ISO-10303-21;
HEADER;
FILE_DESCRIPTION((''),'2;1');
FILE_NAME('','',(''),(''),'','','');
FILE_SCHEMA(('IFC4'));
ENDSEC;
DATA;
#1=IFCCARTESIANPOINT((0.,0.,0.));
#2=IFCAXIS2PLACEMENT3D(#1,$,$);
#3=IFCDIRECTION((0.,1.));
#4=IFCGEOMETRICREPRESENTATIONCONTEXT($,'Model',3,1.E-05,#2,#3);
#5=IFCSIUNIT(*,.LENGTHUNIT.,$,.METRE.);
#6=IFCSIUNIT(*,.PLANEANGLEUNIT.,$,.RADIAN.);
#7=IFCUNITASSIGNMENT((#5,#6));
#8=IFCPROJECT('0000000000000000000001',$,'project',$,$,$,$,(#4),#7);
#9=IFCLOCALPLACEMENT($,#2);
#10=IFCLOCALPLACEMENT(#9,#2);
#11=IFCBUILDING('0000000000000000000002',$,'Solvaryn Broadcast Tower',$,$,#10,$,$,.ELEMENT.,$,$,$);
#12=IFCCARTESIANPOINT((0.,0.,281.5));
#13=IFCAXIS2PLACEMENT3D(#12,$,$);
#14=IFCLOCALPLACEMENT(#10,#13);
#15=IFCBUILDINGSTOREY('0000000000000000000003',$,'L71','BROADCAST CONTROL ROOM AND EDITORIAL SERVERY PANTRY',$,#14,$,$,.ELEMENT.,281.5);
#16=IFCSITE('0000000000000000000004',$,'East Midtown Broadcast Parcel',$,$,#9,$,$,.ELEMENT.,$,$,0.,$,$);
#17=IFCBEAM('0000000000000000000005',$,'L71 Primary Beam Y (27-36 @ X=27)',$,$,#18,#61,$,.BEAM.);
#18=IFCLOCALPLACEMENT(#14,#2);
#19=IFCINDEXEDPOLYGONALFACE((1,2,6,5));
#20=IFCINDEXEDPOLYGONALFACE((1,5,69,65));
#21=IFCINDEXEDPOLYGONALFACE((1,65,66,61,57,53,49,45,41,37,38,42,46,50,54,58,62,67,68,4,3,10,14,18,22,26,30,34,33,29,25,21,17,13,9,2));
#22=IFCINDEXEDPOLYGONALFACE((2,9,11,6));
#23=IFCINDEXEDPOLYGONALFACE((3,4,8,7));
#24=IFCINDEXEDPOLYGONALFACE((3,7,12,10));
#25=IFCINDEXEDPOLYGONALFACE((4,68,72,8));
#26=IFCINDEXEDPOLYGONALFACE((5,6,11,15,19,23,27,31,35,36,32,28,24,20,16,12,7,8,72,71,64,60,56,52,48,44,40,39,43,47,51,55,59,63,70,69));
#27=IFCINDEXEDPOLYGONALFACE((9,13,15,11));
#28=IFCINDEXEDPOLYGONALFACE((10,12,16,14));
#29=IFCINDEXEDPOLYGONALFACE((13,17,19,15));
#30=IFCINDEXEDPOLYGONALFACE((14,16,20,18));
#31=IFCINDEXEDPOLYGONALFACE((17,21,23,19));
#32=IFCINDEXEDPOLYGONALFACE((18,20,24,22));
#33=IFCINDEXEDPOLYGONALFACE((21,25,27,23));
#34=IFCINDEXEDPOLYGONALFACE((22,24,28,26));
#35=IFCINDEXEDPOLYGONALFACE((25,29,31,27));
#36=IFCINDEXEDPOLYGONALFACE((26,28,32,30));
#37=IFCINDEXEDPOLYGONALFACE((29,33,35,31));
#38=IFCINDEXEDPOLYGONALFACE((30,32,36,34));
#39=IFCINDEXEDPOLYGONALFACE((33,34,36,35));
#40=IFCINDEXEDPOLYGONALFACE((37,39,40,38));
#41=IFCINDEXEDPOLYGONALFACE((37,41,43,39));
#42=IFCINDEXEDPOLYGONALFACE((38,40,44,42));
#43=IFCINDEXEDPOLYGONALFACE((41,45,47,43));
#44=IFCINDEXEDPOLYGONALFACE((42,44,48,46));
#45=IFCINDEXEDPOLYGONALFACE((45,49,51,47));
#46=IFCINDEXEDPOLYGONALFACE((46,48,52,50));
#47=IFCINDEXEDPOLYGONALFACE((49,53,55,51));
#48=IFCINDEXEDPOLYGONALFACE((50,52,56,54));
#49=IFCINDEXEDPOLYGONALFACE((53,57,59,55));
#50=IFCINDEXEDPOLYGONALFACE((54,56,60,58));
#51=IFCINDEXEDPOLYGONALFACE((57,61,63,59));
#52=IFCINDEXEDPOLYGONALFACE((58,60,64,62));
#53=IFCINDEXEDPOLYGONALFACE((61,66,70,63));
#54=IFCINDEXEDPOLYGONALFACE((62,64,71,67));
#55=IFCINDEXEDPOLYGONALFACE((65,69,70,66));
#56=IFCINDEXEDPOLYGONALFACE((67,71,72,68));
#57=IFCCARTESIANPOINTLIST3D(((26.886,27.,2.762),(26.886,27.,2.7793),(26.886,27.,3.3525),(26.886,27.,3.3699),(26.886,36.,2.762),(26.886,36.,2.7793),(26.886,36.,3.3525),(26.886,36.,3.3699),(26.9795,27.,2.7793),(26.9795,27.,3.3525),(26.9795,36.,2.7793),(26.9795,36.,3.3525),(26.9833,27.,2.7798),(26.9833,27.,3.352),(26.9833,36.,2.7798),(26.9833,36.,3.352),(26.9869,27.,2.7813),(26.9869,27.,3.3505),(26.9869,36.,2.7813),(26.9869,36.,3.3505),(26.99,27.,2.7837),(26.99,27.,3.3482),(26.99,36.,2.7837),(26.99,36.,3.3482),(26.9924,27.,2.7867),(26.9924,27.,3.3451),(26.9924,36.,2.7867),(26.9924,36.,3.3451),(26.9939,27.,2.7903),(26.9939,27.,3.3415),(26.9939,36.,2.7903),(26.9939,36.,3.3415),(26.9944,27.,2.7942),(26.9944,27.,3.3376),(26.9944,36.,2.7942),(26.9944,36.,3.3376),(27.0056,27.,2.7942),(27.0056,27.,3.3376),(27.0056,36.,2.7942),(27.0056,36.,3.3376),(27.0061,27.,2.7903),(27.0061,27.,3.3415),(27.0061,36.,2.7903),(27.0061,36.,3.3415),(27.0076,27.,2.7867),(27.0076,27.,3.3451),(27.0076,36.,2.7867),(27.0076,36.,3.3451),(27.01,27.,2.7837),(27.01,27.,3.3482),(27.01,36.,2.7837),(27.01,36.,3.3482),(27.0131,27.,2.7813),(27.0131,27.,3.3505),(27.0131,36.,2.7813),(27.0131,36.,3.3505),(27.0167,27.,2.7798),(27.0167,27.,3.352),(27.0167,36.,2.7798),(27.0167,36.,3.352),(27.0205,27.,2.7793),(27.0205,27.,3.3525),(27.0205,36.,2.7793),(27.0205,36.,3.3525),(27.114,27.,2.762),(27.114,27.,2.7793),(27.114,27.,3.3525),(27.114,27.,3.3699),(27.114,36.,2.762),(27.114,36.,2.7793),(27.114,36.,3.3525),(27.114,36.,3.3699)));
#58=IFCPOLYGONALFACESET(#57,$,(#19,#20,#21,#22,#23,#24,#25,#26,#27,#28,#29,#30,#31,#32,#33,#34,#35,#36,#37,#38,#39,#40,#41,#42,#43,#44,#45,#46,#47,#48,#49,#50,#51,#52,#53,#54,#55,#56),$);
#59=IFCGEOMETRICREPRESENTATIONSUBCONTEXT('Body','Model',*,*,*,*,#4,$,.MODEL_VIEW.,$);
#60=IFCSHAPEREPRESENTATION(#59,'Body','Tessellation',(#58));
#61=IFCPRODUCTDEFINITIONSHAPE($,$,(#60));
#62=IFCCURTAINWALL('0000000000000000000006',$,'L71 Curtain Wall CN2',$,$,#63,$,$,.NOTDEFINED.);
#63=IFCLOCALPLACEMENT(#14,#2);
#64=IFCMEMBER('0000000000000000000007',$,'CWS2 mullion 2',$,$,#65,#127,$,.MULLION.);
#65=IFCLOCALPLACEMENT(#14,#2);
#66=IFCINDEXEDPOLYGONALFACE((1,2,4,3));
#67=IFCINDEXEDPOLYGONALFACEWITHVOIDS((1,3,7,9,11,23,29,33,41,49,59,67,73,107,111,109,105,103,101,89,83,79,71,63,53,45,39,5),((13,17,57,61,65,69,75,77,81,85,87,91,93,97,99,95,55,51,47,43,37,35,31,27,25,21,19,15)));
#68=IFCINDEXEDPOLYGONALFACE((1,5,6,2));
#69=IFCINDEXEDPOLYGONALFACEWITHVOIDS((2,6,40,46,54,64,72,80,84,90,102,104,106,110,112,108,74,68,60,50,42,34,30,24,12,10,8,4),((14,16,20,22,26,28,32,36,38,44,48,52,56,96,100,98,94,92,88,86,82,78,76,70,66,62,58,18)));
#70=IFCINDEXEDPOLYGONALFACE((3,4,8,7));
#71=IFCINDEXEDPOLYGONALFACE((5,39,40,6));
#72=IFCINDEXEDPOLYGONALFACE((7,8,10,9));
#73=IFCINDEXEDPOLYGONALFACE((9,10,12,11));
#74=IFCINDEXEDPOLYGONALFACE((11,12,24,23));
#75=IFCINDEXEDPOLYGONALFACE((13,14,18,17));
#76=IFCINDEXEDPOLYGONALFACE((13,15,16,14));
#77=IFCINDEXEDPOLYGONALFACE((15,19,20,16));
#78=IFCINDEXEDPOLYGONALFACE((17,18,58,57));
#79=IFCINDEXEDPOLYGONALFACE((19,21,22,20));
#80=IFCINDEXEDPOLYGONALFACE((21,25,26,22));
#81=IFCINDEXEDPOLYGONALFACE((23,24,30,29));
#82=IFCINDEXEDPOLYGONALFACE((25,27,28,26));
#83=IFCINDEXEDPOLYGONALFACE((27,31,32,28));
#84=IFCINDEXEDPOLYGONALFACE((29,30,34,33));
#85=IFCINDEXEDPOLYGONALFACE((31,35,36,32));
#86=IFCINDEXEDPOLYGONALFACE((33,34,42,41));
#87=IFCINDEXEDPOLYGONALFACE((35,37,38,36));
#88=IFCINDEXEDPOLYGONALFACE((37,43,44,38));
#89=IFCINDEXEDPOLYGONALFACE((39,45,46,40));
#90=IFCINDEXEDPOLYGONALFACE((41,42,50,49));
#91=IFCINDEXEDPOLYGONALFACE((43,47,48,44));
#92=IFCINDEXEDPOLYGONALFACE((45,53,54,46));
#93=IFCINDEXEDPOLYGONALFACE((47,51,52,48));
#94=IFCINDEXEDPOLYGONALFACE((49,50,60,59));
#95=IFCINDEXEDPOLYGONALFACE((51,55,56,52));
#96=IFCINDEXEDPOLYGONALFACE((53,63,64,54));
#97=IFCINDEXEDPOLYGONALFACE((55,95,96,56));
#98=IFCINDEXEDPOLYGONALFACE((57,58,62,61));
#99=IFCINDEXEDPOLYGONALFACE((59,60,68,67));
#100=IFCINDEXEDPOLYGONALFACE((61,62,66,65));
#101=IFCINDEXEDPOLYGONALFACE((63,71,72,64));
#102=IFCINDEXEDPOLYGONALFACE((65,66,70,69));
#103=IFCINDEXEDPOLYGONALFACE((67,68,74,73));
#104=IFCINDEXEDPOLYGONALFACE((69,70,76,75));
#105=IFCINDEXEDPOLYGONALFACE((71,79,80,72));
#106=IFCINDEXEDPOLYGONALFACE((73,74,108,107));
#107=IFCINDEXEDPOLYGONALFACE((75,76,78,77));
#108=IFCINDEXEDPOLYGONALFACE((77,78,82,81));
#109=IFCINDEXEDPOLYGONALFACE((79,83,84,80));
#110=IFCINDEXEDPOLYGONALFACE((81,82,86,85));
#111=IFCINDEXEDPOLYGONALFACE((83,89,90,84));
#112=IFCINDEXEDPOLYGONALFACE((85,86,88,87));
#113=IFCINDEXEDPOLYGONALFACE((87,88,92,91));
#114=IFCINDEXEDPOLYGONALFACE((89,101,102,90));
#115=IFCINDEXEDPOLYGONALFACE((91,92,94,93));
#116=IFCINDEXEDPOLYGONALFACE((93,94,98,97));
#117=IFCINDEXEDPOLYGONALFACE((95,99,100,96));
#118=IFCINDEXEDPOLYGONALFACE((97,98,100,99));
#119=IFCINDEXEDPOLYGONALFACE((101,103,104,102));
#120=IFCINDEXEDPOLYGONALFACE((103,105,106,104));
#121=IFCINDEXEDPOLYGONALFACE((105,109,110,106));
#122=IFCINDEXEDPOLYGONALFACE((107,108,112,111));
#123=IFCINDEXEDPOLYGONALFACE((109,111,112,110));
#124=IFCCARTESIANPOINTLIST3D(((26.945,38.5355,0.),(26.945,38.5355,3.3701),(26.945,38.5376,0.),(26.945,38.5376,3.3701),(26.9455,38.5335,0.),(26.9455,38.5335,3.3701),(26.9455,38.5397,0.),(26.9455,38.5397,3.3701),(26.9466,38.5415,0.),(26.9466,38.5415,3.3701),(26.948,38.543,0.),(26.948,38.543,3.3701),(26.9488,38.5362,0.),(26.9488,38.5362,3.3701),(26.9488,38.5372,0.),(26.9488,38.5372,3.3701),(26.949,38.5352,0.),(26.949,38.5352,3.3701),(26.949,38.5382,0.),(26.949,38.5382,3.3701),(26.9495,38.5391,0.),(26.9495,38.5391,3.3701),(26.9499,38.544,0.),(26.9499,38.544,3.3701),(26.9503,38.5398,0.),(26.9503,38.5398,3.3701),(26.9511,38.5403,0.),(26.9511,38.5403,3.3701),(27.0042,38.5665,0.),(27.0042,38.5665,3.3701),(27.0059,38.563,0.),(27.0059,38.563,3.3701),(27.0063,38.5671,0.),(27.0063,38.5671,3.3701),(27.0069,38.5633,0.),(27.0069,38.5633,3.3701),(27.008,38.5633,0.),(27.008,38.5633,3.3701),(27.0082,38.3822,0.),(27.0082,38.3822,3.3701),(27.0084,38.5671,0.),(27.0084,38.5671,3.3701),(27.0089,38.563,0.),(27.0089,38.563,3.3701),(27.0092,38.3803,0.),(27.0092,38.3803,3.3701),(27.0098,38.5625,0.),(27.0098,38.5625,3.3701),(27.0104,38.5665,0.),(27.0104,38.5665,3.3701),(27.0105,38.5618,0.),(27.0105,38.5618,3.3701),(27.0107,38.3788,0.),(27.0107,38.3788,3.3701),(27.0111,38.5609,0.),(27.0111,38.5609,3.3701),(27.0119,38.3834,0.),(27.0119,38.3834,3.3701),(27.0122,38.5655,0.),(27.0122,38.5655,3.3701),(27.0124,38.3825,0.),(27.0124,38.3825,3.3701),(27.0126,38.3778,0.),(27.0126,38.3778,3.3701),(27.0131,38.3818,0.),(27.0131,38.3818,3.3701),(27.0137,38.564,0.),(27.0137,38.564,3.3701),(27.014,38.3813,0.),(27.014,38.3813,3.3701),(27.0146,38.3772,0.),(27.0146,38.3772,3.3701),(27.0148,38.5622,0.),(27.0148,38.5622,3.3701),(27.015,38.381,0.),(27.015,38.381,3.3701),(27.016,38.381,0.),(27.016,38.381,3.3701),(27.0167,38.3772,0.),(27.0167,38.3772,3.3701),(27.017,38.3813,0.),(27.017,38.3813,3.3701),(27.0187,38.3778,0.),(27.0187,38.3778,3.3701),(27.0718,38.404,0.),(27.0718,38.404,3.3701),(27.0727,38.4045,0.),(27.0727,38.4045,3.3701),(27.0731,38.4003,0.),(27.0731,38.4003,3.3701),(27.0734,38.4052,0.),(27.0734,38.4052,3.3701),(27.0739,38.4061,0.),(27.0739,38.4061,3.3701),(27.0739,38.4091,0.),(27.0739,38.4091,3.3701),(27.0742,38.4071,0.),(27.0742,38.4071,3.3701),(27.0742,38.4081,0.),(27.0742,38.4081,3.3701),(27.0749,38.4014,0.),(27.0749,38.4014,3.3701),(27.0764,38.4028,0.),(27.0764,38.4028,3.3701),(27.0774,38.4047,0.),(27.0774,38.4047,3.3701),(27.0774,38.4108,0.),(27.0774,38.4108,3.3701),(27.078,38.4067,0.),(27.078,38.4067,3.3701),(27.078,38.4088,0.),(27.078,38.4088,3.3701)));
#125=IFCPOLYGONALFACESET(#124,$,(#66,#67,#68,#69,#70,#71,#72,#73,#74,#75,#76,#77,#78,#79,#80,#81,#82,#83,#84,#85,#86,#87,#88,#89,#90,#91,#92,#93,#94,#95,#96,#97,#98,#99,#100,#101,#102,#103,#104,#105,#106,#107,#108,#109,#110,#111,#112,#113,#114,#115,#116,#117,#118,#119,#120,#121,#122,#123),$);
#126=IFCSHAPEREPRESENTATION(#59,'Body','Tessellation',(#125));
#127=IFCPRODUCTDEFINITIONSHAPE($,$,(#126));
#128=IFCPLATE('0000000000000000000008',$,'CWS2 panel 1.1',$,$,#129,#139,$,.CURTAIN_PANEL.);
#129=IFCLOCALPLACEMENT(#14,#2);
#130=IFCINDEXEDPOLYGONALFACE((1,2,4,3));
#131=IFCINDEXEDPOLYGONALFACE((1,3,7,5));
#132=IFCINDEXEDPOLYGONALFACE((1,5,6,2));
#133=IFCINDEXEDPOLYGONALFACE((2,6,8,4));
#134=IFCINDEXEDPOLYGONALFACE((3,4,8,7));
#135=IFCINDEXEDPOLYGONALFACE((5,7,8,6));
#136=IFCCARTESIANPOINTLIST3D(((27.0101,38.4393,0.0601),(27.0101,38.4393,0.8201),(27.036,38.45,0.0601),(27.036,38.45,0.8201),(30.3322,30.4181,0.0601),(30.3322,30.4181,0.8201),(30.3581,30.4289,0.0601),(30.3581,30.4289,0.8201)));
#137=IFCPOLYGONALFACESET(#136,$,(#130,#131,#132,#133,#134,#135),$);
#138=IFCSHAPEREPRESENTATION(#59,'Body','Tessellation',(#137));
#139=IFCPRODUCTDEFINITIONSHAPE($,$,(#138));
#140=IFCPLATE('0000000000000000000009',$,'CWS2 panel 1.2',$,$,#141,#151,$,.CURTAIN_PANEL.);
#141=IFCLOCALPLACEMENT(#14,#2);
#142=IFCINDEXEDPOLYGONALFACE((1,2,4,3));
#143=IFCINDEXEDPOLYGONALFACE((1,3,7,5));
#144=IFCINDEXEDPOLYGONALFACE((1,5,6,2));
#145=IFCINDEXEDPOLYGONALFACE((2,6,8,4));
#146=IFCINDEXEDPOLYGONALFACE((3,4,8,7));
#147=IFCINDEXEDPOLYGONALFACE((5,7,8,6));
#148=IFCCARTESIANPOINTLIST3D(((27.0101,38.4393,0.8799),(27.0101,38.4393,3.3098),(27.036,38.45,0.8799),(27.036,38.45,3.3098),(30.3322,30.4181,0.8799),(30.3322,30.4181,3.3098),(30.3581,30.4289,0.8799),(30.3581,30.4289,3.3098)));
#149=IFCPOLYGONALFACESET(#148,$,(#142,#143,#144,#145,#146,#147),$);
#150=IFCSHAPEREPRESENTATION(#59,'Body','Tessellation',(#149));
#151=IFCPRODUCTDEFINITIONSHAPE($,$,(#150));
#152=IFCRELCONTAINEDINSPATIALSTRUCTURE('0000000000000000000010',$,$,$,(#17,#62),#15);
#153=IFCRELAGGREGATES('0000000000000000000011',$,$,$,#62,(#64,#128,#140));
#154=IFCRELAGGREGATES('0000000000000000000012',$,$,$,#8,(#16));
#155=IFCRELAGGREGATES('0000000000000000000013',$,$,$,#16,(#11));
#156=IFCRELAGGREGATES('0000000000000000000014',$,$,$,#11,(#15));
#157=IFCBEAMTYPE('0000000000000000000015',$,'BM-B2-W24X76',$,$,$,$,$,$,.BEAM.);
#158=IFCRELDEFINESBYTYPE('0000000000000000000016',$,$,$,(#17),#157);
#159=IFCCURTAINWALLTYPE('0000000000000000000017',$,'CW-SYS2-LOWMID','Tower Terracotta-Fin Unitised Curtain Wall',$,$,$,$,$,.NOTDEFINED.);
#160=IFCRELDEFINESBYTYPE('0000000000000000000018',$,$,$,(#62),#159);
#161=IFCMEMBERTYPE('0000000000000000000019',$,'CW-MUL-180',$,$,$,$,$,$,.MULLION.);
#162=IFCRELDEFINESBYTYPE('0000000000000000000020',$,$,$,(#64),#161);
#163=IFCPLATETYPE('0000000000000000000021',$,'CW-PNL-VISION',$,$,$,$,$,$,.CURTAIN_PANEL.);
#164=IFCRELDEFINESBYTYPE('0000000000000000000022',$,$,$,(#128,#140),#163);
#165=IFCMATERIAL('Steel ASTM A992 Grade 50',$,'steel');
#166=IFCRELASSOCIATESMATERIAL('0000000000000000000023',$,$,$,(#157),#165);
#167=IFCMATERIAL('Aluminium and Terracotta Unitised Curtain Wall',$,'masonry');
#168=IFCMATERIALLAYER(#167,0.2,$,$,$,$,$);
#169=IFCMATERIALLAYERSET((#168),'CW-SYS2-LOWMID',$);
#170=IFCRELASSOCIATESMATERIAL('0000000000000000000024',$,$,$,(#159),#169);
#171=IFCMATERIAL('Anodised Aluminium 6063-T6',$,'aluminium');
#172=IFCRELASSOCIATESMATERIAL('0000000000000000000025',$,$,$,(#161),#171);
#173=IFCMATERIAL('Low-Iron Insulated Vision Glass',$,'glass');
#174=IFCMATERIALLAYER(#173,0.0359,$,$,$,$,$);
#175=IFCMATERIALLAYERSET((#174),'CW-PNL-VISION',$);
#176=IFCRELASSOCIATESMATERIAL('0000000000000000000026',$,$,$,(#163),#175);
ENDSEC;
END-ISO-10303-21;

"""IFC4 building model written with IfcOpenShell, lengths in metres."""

from ifc_helpers import new_model, si_unit, direction, frame, origin, origin_2d, place, context, subcontext, project, spatial, rectangle, hollow_rectangle, i_section, extrude, material, layer, layer_set, material_profile, profile_set, type_object, element, aggregate, save


model = new_model("IFC4")

# Units and contexts
model_context = context("Model", 3, precision=1e-05, world=origin(), true_north=direction((0.0, 1.0)))
body_context = subcontext(model_context, "Body", "Model", "MODEL_VIEW")
ifc_project = project(units=[si_unit("LENGTHUNIT", "METRE"), si_unit("PLANEANGLEUNIT", "RADIAN")], contexts=[model_context])

# Site, building, storey
site_placement = place(None, origin())
site = spatial("IfcSite", under=ifc_project, at=site_placement, Name="East Midtown Broadcast Parcel", CompositionType="ELEMENT", RefElevation=0.0)
building_placement = place(site_placement, origin())
building = spatial("IfcBuilding", under=site, at=building_placement, Name="Solvaryn Broadcast Tower", CompositionType="ELEMENT")
storey_placement = place(building_placement, frame((0.0, 0.0, 281.5)))
storey = spatial("IfcBuildingStorey", under=building, at=storey_placement, Name="L71", Description="BROADCAST CONTROL ROOM AND EDITORIAL SERVERY PANTRY", CompositionType="ELEMENT", Elevation=281.5)

# Beam
ifc_material_1 = material(Name="Steel ASTM A992 Grade 50", Category="steel")
ifc_material_profile_1 = material_profile(ifc_material_1, i_section(OverallWidth=0.228, OverallDepth=0.6079, WebThickness=0.0112, FlangeThickness=0.0173, FilletRadius=0.0149, at=origin_2d()))
ifc_profile_set_1 = profile_set([ifc_material_profile_1], Name="Steel ASTM A992 Grade 50")
beam_type_1 = type_object("IfcBeamType", Name="BM-B2-W24X76", PredefinedType="BEAM", material=ifc_profile_set_1)
beam_1_placement = place(storey_placement, frame((27.0, 27.0, 3.0659), z_axis=(0.0, 1.0, 0.0), x_axis=(-1.0, 0.0, 0.0)))
element("IfcBeam", 1, at=beam_1_placement, inside=storey, type_object=beam_type_1, Name="L71 Primary Beam Y (27-36 @ X=27)", PredefinedType="BEAM", context=body_context, shape_type="SweptSolid", body=[
    extrude(i_section(OverallWidth=0.228, OverallDepth=0.6079, WebThickness=0.0112, FlangeThickness=0.0173, FilletRadius=0.0149, at=origin_2d()), origin(), (0.0, 0.0, 1.0), 9.0),
])

# Curtain wall, member, plates
ifc_material_2 = material(Name="Aluminium and Terracotta Unitised Curtain Wall", Category="masonry")
ifc_layer_1 = layer(ifc_material_2, 0.2)
ifc_layer_set_1 = layer_set([ifc_layer_1], Name="CW-SYS2-LOWMID")
curtain_wall_type = type_object("IfcCurtainWallType", Name="CW-SYS2-LOWMID", Description="Tower Terracotta-Fin Unitised Curtain Wall", PredefinedType="NOTDEFINED", material=ifc_layer_set_1)
curtain_wall_placement = place(storey_placement, origin())
curtain_wall = element("IfcCurtainWall", 2, at=curtain_wall_placement, inside=storey, type_object=curtain_wall_type, Name="L71 Curtain Wall CN2", PredefinedType="NOTDEFINED")
ifc_material_3 = material(Name="Anodised Aluminium 6063-T6", Category="aluminium")
ifc_material_profile_2 = material_profile(ifc_material_3, hollow_rectangle(XDim=0.075, YDim=0.1799, WallThickness=0.0039, InnerFilletRadius=0.0039, OuterFilletRadius=0.0081, at=origin_2d()))
ifc_profile_set_2 = profile_set([ifc_material_profile_2], Name="Anodised Aluminium 6063-T6")
member_type = type_object("IfcMemberType", Name="CW-MUL-180", PredefinedType="MULLION", material=ifc_profile_set_2)
member_placement = place(storey_placement, frame((27.0115, 38.4722, 0.0), z_axis=(0.0, 0.0, 1.0), x_axis=(-0.923895, -0.382646, 0.0)))
member = element("IfcMember", 3, at=member_placement, type_object=member_type, Name="CWS2 mullion 2", PredefinedType="MULLION", context=body_context, shape_type="SweptSolid", body=[
    extrude(hollow_rectangle(XDim=0.075, YDim=0.1799, WallThickness=0.0039, InnerFilletRadius=0.0039, OuterFilletRadius=0.0081, at=origin_2d()), origin(), (0.0, 0.0, 1.0), 3.3701),
])
ifc_material_4 = material(Name="Low-Iron Insulated Vision Glass", Category="glass")
ifc_layer_2 = layer(ifc_material_4, 0.0359)
ifc_layer_set_2 = layer_set([ifc_layer_2], Name="CW-PNL-VISION")
plate_type = type_object("IfcPlateType", Name="CW-PNL-VISION", PredefinedType="CURTAIN_PANEL", material=ifc_layer_set_2)
plate_1_placement = place(storey_placement, frame((28.6841, 34.4341, 0.0601), z_axis=(0.0, 0.0, 1.0), x_axis=(-0.382646, 0.923895, 0.0)))
plate_1 = element("IfcPlate", 4, at=plate_1_placement, type_object=plate_type, Name="CWS2 panel 1.1", PredefinedType="CURTAIN_PANEL", context=body_context, shape_type="SweptSolid", body=[
    extrude(rectangle(XDim=8.6819, YDim=0.0281, at=origin_2d()), origin(), (0.0, 0.0, 1.0), 0.76),
])
plate_2_placement = place(storey_placement, frame((28.6841, 34.4341, 0.8799), z_axis=(0.0, 0.0, 1.0), x_axis=(-0.382646, 0.923895, 0.0)))
plate_2 = element("IfcPlate", 5, at=plate_2_placement, type_object=plate_type, Name="CWS2 panel 1.2", PredefinedType="CURTAIN_PANEL", context=body_context, shape_type="SweptSolid", body=[
    extrude(rectangle(XDim=8.6819, YDim=0.0281, at=origin_2d()), origin(), (0.0, 0.0, 1.0), 2.4299),
])
aggregate(curtain_wall, [member, plate_1, plate_2])

save(model, "model.ifc")
